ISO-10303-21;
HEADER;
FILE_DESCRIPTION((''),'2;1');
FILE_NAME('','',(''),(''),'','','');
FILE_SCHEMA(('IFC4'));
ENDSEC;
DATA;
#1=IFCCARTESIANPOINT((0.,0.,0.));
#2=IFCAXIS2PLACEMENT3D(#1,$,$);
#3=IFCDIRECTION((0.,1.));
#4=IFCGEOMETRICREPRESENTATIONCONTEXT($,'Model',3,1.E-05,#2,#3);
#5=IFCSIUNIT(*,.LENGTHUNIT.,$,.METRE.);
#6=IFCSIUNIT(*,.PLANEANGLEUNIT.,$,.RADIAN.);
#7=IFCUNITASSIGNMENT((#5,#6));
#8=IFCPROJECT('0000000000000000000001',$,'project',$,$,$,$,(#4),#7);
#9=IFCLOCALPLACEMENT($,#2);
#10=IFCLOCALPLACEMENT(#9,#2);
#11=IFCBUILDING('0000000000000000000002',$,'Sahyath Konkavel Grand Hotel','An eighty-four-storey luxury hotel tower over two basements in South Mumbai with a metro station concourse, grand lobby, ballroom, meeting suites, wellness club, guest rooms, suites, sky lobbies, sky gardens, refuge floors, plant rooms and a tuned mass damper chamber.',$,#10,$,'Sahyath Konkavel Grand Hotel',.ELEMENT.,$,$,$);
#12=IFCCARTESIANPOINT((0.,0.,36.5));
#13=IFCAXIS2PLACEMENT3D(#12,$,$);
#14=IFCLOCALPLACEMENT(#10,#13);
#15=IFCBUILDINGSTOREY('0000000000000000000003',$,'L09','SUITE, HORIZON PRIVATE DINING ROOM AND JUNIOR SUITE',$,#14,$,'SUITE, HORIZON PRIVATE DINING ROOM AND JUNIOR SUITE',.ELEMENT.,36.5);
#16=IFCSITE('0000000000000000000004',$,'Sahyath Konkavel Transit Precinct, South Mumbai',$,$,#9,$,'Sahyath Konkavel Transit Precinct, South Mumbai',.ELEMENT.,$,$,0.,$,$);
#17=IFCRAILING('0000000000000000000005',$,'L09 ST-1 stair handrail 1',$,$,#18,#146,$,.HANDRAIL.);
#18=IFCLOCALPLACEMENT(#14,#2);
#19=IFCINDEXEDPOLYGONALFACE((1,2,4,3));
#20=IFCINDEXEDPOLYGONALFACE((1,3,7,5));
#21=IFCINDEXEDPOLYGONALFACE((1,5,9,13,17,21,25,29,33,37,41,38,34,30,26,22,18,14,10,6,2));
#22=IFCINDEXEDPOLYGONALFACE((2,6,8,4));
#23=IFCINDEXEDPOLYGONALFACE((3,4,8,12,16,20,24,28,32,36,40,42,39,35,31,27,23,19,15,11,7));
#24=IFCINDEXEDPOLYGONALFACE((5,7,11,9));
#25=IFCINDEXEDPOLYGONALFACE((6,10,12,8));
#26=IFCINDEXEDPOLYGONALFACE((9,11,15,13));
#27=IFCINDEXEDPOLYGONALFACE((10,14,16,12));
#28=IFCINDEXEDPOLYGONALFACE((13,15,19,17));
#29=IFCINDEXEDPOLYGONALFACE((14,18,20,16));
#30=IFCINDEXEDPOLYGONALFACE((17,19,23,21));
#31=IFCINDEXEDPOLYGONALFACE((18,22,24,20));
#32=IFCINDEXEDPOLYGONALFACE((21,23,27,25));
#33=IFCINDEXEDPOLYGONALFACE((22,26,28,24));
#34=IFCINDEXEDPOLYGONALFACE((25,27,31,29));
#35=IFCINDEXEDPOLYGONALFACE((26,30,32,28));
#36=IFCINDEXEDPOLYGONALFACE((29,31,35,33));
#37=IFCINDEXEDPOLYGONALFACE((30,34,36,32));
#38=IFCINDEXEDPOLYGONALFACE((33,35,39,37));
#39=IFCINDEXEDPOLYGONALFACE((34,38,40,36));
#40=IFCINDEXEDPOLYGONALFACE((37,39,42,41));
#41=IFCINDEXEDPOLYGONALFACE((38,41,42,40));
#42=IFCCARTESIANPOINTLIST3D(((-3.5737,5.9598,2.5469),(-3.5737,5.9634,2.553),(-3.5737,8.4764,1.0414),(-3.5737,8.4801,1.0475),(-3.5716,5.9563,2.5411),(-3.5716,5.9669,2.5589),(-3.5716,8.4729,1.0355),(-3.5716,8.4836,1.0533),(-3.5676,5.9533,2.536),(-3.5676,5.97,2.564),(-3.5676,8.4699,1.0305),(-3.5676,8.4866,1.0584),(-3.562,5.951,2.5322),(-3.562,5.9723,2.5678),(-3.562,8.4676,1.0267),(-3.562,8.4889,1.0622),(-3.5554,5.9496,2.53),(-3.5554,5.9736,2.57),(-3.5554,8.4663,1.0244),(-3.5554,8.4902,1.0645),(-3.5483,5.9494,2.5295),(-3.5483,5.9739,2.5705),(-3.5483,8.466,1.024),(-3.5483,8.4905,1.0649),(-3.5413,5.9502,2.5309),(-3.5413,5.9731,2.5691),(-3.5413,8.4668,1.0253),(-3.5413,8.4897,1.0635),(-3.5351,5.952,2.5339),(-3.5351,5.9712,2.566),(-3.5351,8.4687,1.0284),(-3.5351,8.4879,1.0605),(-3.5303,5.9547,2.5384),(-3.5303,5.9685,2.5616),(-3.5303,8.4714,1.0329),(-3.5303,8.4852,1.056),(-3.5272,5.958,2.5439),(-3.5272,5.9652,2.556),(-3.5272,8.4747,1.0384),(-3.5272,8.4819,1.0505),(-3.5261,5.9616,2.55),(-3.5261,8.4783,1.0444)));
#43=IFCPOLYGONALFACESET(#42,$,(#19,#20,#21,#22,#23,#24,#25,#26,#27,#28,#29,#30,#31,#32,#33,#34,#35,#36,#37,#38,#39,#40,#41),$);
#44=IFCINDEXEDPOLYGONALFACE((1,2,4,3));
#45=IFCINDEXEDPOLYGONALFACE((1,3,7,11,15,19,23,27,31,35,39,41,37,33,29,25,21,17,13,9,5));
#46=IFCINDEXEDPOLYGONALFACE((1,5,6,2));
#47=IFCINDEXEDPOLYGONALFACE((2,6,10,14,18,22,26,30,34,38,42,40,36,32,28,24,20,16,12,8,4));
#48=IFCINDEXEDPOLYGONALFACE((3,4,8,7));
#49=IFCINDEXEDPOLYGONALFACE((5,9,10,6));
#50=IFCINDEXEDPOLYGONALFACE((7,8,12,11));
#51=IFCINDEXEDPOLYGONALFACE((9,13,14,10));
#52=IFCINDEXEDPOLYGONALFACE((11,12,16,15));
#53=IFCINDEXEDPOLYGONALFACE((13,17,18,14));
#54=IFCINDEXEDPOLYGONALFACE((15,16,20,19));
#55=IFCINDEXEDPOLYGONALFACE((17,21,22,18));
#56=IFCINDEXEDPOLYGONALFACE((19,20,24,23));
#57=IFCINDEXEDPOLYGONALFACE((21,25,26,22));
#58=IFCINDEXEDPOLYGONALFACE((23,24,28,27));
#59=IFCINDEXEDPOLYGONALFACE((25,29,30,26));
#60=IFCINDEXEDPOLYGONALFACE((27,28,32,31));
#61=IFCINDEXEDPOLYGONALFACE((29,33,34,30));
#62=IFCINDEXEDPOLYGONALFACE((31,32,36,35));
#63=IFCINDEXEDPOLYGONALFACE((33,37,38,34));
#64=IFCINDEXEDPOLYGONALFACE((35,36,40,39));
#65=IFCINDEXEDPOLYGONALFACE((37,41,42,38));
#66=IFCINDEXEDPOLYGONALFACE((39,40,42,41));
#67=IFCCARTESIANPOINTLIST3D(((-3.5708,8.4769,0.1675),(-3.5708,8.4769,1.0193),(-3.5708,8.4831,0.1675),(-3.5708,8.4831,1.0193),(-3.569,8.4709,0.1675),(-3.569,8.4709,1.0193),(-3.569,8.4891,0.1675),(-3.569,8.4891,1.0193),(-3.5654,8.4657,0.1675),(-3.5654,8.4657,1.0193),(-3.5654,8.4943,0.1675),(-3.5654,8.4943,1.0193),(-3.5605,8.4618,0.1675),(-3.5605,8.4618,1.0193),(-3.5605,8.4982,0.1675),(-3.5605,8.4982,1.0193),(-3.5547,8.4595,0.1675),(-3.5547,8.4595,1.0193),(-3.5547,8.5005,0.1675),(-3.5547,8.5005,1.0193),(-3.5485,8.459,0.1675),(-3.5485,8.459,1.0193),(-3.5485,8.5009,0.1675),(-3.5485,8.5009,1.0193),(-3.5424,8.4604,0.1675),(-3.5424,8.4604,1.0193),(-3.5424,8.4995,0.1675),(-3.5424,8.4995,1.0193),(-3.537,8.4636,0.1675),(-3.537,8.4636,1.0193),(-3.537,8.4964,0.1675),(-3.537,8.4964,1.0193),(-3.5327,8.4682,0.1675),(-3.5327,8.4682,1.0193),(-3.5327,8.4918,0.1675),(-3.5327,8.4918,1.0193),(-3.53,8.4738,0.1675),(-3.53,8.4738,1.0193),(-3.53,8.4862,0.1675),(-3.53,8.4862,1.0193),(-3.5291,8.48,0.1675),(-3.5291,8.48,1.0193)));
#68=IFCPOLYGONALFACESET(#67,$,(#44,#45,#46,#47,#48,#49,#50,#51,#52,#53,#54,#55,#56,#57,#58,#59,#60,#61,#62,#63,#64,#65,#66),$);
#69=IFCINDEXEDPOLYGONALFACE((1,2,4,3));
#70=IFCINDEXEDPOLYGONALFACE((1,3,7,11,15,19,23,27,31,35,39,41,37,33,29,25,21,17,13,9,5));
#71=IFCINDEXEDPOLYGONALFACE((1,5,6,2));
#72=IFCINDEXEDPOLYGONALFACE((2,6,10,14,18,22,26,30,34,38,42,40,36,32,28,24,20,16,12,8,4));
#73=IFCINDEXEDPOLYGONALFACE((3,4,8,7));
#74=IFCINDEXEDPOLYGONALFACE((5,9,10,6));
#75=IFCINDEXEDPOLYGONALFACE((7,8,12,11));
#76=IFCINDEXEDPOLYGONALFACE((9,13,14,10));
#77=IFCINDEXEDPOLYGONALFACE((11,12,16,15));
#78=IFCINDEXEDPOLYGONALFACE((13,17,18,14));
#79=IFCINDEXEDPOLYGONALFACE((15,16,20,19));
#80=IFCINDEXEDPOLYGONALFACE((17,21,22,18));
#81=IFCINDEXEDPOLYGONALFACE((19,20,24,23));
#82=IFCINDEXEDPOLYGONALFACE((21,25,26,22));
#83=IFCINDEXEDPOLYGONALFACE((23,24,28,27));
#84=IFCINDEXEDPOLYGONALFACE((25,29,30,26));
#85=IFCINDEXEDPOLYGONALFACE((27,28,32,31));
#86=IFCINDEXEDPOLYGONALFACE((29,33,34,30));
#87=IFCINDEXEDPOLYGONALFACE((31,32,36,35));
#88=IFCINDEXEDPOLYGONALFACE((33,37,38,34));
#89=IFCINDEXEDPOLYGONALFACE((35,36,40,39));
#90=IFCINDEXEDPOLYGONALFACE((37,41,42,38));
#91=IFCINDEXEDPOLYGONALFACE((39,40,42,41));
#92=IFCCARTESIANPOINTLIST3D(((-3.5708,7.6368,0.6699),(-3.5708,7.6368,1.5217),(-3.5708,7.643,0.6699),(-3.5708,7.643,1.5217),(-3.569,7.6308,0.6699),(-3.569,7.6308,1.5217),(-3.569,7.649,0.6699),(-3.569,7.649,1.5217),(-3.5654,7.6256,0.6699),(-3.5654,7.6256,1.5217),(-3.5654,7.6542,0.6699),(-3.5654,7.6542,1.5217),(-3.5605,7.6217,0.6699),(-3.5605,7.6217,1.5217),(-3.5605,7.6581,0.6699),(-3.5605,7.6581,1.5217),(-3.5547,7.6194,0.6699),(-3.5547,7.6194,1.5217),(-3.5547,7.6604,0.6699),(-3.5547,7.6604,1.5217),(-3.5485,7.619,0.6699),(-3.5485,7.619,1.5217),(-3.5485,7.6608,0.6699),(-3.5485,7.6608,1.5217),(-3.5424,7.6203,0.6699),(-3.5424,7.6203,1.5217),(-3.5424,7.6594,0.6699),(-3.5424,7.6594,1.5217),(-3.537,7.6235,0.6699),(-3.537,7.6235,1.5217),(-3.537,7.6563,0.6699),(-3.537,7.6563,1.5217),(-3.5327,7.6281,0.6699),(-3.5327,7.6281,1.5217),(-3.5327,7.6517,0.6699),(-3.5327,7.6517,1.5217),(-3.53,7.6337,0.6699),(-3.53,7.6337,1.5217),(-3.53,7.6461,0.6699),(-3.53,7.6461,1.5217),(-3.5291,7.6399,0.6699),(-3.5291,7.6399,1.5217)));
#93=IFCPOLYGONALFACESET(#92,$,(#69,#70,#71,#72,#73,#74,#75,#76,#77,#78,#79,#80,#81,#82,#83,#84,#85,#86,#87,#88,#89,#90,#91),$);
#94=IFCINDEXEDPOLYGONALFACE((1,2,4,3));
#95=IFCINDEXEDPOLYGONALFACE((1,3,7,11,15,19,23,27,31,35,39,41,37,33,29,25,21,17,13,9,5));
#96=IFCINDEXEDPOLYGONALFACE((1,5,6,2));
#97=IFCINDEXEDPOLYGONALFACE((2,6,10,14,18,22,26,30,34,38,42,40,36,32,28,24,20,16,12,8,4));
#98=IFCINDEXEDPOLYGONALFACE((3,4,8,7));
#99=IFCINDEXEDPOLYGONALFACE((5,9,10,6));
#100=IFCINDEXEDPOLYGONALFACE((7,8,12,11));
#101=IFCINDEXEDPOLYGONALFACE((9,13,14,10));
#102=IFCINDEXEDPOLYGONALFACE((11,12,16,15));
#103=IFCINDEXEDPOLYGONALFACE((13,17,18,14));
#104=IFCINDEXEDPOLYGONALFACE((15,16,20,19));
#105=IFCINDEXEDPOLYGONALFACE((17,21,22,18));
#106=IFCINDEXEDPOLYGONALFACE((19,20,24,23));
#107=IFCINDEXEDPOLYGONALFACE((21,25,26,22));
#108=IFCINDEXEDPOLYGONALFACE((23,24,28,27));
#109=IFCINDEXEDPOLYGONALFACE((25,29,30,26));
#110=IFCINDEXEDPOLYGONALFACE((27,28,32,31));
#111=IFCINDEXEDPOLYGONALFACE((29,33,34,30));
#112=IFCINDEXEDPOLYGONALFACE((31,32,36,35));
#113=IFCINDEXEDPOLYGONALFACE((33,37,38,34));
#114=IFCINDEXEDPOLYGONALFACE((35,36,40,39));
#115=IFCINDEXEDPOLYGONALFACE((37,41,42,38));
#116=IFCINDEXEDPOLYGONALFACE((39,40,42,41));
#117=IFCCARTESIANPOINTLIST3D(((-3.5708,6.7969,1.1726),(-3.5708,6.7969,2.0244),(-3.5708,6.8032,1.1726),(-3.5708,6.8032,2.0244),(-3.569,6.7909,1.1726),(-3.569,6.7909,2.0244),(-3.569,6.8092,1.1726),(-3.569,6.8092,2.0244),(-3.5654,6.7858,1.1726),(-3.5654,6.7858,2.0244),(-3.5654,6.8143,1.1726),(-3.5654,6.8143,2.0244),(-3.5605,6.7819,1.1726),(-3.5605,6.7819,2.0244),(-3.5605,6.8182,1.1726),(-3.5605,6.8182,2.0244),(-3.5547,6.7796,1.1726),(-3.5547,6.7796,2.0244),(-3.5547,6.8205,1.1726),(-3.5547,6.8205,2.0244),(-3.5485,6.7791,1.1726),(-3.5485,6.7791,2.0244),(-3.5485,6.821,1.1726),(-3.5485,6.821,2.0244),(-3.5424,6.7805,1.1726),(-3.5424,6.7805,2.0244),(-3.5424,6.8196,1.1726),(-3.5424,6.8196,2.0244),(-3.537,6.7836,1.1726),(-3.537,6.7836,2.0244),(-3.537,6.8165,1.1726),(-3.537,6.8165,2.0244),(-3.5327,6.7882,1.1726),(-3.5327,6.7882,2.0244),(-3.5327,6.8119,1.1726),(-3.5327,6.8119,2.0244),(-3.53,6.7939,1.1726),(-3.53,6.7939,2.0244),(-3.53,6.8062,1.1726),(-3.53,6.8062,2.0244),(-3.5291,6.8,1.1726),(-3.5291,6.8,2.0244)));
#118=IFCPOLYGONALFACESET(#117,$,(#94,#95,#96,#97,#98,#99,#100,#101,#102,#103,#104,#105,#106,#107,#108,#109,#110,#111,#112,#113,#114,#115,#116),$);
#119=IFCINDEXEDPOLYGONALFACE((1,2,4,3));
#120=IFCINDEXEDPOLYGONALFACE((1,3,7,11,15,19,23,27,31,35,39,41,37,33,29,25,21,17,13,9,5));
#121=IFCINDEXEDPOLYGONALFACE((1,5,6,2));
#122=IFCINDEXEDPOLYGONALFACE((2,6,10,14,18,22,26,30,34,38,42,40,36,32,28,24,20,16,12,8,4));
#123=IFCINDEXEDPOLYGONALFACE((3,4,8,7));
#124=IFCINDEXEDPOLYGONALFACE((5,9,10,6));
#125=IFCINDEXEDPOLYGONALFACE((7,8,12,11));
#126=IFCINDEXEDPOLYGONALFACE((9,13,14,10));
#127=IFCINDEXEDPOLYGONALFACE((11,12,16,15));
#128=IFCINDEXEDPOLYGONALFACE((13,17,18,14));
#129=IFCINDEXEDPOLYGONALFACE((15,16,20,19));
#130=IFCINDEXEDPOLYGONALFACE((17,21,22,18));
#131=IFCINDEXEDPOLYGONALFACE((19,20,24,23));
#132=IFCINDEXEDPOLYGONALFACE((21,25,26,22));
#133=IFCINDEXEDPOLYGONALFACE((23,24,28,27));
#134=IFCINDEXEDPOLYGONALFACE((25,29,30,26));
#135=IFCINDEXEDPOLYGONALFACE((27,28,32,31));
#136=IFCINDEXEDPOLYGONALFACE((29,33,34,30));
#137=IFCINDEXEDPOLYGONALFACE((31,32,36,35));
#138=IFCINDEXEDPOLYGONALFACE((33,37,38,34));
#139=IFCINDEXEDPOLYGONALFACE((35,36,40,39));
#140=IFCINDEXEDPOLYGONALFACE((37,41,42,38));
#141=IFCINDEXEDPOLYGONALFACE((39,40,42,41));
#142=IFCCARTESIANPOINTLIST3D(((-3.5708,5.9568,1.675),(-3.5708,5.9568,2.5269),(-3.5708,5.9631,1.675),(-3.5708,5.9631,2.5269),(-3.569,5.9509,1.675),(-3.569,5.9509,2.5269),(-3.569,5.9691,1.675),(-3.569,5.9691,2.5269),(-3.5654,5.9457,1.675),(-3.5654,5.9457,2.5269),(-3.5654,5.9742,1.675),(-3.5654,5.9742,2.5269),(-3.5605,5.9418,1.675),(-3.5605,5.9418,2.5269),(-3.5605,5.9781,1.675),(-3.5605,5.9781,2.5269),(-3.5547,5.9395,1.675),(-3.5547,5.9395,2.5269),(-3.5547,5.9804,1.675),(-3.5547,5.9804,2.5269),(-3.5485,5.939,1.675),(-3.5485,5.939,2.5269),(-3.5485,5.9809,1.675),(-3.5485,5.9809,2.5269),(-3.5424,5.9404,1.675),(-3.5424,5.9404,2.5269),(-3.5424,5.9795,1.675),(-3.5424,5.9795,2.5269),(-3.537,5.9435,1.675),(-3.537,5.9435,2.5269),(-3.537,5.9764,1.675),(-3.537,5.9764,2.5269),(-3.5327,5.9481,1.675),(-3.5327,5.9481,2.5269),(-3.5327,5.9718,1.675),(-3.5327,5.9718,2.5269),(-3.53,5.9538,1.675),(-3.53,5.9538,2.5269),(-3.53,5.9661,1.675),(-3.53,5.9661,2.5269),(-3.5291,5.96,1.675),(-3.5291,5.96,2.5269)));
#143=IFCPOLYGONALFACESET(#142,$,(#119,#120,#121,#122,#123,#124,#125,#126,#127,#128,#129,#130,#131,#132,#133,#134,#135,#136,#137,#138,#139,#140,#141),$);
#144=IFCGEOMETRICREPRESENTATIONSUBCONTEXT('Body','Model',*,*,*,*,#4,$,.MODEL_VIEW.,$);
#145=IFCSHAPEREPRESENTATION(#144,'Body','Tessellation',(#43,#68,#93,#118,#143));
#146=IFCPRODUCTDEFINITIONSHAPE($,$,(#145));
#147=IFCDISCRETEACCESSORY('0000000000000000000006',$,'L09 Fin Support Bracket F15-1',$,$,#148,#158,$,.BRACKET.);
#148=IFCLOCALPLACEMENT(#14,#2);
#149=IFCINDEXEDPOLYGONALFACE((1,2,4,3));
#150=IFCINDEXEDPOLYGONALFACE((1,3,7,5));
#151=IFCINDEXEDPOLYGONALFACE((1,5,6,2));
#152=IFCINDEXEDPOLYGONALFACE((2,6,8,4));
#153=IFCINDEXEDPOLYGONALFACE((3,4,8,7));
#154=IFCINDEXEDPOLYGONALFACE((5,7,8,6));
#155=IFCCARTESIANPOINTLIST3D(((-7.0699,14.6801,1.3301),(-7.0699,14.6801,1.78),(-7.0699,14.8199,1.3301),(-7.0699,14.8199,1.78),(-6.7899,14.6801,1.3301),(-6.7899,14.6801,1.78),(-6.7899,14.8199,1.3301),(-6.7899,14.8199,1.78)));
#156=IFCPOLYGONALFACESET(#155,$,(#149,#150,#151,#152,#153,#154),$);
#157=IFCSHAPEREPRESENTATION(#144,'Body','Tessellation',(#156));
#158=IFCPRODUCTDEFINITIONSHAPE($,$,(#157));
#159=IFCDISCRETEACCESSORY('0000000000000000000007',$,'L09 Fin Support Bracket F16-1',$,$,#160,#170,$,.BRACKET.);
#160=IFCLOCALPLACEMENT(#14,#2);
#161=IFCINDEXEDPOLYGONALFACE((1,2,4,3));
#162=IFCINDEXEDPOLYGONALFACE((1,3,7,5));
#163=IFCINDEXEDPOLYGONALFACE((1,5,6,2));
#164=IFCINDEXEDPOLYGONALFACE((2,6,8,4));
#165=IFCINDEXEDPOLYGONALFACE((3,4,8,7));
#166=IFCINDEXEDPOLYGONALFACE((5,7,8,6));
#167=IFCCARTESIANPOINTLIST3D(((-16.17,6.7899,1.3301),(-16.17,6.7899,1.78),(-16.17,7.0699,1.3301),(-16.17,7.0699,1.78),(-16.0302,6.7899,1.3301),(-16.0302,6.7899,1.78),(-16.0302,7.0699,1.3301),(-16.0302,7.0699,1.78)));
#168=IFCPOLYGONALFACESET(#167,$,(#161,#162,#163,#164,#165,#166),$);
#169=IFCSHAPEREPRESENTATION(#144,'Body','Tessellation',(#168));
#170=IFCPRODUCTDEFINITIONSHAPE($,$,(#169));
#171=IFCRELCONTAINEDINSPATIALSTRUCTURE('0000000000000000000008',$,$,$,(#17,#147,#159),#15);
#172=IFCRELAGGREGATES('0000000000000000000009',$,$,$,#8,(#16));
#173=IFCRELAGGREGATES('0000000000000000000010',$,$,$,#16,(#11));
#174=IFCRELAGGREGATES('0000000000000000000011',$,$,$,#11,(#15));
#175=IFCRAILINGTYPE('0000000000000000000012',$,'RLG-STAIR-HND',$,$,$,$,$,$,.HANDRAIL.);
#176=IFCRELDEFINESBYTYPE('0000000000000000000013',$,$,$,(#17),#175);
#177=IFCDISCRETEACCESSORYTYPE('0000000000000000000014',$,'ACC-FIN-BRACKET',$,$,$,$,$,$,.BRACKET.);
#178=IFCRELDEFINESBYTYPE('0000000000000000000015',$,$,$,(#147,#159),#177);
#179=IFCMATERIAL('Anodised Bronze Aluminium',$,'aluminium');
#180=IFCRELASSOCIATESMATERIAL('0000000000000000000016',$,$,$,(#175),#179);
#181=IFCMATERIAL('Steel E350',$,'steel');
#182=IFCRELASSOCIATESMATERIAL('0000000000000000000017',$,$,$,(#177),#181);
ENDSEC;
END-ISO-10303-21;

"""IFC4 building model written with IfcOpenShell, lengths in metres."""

from ifc_helpers import new_model, si_unit, direction, frame, origin, origin_2d, place, context, subcontext, project, spatial, rectangle, circle, extrude, source, transform, mapped, material, type_object, element, save


model = new_model("IFC4")

# Units and contexts
model_context = context("Model", 3, precision=1e-05, world=origin(), true_north=direction((0.0, 1.0)))
body_context = subcontext(model_context, "Body", "Model", "MODEL_VIEW")
ifc_project = project(units=[si_unit("LENGTHUNIT", "METRE"), si_unit("PLANEANGLEUNIT", "RADIAN")], contexts=[model_context])

# Site, building, storey
site_placement = place(None, origin())
site = spatial("IfcSite", under=ifc_project, at=site_placement, Name="Sahyath Konkavel Transit Precinct, South Mumbai", LongName="Sahyath Konkavel Transit Precinct, South Mumbai", CompositionType="ELEMENT", RefElevation=0.0)
building_placement = place(site_placement, origin())
building = spatial("IfcBuilding", under=site, at=building_placement, Name="Sahyath Konkavel Grand Hotel", Description="An eighty-four-storey luxury hotel tower over two basements in South Mumbai with a metro station concourse, grand lobby, ballroom, meeting suites, wellness club, guest rooms, suites, sky lobbies, sky gardens, refuge floors, plant rooms and a tuned mass damper chamber.", LongName="Sahyath Konkavel Grand Hotel", CompositionType="ELEMENT")
storey_placement = place(building_placement, frame((0.0, 0.0, 36.5)))
storey = spatial("IfcBuildingStorey", under=building, at=storey_placement, Name="L09", Description="SUITE, HORIZON PRIVATE DINING ROOM AND JUNIOR SUITE", LongName="SUITE, HORIZON PRIVATE DINING ROOM AND JUNIOR SUITE", CompositionType="ELEMENT", Elevation=36.5)

# Shared definitions
ifc_material_1 = material(Name="Steel E350", Category="steel")

# Shared definitions
ifc_material_2 = material(Name="Anodised Bronze Aluminium", Category="aluminium")

# Railing
railing_type_1 = type_object("IfcRailingType", Name="RLG-STAIR-HND", PredefinedType="HANDRAIL", material=ifc_material_2)
railing_1_placement = place(storey_placement, frame((-3.55, 8.48, 0.1675)))
element("IfcRailing", 1, at=railing_1_placement, inside=storey, type_object=railing_type_1, Name="L09 ST-1 stair handrail 1", PredefinedType="HANDRAIL", context=body_context, shape_type="SweptSolid", body=[
    extrude(circle(Radius=0.0239, at=origin_2d()), frame((0.0, -0.0017, 0.877), z_axis=(0.0, -0.85816, 0.513383), x_axis=(1.0, 0.0, 0.0)), (0.0, 0.0, 1.0), 2.9326),
    extrude(circle(Radius=0.021, at=origin_2d()), origin(), (0.0, 0.0, 1.0), 0.8518),
    extrude(circle(Radius=0.021, at=origin_2d()), frame((0.0, -0.8401, 0.5024)), (0.0, 0.0, 1.0), 0.8518),
    extrude(circle(Radius=0.021, at=origin_2d()), frame((0.0, -1.6799, 1.0051)), (0.0, 0.0, 1.0), 0.8518),
    extrude(circle(Radius=0.021, at=origin_2d()), frame((0.0, -2.52, 1.5076)), (0.0, 0.0, 1.0), 0.8518),
])

# Discrete accessories
discrete_accessory_type = type_object("IfcDiscreteAccessoryType", Name="ACC-FIN-BRACKET", PredefinedType="BRACKET", material=ifc_material_1)
shared_shape_1 = source(origin(), body_context, "Body", "SweptSolid", [
    extrude(rectangle(XDim=0.28, YDim=0.1399, at=origin_2d()), origin(), (0.0, 0.0, 1.0), 0.45),
])
for number, where, z_axis, x_axis, name in (
    (2, (-6.9299, 14.75, 1.3301), (0.0, 0.0, 1.0), (-1.0, 0.0, 0.0), "L09 Fin Support Bracket F15-1"),
    (3, (-16.1001, 6.9299, 1.3301), (0.0, 0.0, 1.0), (0.0, 1.0, 0.0), "L09 Fin Support Bracket F16-1"),
):
    element("IfcDiscreteAccessory", number, at=place(storey_placement, frame(where, z_axis=z_axis, x_axis=x_axis)), inside=storey, type_object=discrete_accessory_type, Name=name, PredefinedType="BRACKET", context=body_context, shape_type="MappedRepresentation", body=[
        mapped(shared_shape_1, transform((0.0, 0.0, 0.0), scale=1.0)),
    ])

save(model, "model.ifc")
